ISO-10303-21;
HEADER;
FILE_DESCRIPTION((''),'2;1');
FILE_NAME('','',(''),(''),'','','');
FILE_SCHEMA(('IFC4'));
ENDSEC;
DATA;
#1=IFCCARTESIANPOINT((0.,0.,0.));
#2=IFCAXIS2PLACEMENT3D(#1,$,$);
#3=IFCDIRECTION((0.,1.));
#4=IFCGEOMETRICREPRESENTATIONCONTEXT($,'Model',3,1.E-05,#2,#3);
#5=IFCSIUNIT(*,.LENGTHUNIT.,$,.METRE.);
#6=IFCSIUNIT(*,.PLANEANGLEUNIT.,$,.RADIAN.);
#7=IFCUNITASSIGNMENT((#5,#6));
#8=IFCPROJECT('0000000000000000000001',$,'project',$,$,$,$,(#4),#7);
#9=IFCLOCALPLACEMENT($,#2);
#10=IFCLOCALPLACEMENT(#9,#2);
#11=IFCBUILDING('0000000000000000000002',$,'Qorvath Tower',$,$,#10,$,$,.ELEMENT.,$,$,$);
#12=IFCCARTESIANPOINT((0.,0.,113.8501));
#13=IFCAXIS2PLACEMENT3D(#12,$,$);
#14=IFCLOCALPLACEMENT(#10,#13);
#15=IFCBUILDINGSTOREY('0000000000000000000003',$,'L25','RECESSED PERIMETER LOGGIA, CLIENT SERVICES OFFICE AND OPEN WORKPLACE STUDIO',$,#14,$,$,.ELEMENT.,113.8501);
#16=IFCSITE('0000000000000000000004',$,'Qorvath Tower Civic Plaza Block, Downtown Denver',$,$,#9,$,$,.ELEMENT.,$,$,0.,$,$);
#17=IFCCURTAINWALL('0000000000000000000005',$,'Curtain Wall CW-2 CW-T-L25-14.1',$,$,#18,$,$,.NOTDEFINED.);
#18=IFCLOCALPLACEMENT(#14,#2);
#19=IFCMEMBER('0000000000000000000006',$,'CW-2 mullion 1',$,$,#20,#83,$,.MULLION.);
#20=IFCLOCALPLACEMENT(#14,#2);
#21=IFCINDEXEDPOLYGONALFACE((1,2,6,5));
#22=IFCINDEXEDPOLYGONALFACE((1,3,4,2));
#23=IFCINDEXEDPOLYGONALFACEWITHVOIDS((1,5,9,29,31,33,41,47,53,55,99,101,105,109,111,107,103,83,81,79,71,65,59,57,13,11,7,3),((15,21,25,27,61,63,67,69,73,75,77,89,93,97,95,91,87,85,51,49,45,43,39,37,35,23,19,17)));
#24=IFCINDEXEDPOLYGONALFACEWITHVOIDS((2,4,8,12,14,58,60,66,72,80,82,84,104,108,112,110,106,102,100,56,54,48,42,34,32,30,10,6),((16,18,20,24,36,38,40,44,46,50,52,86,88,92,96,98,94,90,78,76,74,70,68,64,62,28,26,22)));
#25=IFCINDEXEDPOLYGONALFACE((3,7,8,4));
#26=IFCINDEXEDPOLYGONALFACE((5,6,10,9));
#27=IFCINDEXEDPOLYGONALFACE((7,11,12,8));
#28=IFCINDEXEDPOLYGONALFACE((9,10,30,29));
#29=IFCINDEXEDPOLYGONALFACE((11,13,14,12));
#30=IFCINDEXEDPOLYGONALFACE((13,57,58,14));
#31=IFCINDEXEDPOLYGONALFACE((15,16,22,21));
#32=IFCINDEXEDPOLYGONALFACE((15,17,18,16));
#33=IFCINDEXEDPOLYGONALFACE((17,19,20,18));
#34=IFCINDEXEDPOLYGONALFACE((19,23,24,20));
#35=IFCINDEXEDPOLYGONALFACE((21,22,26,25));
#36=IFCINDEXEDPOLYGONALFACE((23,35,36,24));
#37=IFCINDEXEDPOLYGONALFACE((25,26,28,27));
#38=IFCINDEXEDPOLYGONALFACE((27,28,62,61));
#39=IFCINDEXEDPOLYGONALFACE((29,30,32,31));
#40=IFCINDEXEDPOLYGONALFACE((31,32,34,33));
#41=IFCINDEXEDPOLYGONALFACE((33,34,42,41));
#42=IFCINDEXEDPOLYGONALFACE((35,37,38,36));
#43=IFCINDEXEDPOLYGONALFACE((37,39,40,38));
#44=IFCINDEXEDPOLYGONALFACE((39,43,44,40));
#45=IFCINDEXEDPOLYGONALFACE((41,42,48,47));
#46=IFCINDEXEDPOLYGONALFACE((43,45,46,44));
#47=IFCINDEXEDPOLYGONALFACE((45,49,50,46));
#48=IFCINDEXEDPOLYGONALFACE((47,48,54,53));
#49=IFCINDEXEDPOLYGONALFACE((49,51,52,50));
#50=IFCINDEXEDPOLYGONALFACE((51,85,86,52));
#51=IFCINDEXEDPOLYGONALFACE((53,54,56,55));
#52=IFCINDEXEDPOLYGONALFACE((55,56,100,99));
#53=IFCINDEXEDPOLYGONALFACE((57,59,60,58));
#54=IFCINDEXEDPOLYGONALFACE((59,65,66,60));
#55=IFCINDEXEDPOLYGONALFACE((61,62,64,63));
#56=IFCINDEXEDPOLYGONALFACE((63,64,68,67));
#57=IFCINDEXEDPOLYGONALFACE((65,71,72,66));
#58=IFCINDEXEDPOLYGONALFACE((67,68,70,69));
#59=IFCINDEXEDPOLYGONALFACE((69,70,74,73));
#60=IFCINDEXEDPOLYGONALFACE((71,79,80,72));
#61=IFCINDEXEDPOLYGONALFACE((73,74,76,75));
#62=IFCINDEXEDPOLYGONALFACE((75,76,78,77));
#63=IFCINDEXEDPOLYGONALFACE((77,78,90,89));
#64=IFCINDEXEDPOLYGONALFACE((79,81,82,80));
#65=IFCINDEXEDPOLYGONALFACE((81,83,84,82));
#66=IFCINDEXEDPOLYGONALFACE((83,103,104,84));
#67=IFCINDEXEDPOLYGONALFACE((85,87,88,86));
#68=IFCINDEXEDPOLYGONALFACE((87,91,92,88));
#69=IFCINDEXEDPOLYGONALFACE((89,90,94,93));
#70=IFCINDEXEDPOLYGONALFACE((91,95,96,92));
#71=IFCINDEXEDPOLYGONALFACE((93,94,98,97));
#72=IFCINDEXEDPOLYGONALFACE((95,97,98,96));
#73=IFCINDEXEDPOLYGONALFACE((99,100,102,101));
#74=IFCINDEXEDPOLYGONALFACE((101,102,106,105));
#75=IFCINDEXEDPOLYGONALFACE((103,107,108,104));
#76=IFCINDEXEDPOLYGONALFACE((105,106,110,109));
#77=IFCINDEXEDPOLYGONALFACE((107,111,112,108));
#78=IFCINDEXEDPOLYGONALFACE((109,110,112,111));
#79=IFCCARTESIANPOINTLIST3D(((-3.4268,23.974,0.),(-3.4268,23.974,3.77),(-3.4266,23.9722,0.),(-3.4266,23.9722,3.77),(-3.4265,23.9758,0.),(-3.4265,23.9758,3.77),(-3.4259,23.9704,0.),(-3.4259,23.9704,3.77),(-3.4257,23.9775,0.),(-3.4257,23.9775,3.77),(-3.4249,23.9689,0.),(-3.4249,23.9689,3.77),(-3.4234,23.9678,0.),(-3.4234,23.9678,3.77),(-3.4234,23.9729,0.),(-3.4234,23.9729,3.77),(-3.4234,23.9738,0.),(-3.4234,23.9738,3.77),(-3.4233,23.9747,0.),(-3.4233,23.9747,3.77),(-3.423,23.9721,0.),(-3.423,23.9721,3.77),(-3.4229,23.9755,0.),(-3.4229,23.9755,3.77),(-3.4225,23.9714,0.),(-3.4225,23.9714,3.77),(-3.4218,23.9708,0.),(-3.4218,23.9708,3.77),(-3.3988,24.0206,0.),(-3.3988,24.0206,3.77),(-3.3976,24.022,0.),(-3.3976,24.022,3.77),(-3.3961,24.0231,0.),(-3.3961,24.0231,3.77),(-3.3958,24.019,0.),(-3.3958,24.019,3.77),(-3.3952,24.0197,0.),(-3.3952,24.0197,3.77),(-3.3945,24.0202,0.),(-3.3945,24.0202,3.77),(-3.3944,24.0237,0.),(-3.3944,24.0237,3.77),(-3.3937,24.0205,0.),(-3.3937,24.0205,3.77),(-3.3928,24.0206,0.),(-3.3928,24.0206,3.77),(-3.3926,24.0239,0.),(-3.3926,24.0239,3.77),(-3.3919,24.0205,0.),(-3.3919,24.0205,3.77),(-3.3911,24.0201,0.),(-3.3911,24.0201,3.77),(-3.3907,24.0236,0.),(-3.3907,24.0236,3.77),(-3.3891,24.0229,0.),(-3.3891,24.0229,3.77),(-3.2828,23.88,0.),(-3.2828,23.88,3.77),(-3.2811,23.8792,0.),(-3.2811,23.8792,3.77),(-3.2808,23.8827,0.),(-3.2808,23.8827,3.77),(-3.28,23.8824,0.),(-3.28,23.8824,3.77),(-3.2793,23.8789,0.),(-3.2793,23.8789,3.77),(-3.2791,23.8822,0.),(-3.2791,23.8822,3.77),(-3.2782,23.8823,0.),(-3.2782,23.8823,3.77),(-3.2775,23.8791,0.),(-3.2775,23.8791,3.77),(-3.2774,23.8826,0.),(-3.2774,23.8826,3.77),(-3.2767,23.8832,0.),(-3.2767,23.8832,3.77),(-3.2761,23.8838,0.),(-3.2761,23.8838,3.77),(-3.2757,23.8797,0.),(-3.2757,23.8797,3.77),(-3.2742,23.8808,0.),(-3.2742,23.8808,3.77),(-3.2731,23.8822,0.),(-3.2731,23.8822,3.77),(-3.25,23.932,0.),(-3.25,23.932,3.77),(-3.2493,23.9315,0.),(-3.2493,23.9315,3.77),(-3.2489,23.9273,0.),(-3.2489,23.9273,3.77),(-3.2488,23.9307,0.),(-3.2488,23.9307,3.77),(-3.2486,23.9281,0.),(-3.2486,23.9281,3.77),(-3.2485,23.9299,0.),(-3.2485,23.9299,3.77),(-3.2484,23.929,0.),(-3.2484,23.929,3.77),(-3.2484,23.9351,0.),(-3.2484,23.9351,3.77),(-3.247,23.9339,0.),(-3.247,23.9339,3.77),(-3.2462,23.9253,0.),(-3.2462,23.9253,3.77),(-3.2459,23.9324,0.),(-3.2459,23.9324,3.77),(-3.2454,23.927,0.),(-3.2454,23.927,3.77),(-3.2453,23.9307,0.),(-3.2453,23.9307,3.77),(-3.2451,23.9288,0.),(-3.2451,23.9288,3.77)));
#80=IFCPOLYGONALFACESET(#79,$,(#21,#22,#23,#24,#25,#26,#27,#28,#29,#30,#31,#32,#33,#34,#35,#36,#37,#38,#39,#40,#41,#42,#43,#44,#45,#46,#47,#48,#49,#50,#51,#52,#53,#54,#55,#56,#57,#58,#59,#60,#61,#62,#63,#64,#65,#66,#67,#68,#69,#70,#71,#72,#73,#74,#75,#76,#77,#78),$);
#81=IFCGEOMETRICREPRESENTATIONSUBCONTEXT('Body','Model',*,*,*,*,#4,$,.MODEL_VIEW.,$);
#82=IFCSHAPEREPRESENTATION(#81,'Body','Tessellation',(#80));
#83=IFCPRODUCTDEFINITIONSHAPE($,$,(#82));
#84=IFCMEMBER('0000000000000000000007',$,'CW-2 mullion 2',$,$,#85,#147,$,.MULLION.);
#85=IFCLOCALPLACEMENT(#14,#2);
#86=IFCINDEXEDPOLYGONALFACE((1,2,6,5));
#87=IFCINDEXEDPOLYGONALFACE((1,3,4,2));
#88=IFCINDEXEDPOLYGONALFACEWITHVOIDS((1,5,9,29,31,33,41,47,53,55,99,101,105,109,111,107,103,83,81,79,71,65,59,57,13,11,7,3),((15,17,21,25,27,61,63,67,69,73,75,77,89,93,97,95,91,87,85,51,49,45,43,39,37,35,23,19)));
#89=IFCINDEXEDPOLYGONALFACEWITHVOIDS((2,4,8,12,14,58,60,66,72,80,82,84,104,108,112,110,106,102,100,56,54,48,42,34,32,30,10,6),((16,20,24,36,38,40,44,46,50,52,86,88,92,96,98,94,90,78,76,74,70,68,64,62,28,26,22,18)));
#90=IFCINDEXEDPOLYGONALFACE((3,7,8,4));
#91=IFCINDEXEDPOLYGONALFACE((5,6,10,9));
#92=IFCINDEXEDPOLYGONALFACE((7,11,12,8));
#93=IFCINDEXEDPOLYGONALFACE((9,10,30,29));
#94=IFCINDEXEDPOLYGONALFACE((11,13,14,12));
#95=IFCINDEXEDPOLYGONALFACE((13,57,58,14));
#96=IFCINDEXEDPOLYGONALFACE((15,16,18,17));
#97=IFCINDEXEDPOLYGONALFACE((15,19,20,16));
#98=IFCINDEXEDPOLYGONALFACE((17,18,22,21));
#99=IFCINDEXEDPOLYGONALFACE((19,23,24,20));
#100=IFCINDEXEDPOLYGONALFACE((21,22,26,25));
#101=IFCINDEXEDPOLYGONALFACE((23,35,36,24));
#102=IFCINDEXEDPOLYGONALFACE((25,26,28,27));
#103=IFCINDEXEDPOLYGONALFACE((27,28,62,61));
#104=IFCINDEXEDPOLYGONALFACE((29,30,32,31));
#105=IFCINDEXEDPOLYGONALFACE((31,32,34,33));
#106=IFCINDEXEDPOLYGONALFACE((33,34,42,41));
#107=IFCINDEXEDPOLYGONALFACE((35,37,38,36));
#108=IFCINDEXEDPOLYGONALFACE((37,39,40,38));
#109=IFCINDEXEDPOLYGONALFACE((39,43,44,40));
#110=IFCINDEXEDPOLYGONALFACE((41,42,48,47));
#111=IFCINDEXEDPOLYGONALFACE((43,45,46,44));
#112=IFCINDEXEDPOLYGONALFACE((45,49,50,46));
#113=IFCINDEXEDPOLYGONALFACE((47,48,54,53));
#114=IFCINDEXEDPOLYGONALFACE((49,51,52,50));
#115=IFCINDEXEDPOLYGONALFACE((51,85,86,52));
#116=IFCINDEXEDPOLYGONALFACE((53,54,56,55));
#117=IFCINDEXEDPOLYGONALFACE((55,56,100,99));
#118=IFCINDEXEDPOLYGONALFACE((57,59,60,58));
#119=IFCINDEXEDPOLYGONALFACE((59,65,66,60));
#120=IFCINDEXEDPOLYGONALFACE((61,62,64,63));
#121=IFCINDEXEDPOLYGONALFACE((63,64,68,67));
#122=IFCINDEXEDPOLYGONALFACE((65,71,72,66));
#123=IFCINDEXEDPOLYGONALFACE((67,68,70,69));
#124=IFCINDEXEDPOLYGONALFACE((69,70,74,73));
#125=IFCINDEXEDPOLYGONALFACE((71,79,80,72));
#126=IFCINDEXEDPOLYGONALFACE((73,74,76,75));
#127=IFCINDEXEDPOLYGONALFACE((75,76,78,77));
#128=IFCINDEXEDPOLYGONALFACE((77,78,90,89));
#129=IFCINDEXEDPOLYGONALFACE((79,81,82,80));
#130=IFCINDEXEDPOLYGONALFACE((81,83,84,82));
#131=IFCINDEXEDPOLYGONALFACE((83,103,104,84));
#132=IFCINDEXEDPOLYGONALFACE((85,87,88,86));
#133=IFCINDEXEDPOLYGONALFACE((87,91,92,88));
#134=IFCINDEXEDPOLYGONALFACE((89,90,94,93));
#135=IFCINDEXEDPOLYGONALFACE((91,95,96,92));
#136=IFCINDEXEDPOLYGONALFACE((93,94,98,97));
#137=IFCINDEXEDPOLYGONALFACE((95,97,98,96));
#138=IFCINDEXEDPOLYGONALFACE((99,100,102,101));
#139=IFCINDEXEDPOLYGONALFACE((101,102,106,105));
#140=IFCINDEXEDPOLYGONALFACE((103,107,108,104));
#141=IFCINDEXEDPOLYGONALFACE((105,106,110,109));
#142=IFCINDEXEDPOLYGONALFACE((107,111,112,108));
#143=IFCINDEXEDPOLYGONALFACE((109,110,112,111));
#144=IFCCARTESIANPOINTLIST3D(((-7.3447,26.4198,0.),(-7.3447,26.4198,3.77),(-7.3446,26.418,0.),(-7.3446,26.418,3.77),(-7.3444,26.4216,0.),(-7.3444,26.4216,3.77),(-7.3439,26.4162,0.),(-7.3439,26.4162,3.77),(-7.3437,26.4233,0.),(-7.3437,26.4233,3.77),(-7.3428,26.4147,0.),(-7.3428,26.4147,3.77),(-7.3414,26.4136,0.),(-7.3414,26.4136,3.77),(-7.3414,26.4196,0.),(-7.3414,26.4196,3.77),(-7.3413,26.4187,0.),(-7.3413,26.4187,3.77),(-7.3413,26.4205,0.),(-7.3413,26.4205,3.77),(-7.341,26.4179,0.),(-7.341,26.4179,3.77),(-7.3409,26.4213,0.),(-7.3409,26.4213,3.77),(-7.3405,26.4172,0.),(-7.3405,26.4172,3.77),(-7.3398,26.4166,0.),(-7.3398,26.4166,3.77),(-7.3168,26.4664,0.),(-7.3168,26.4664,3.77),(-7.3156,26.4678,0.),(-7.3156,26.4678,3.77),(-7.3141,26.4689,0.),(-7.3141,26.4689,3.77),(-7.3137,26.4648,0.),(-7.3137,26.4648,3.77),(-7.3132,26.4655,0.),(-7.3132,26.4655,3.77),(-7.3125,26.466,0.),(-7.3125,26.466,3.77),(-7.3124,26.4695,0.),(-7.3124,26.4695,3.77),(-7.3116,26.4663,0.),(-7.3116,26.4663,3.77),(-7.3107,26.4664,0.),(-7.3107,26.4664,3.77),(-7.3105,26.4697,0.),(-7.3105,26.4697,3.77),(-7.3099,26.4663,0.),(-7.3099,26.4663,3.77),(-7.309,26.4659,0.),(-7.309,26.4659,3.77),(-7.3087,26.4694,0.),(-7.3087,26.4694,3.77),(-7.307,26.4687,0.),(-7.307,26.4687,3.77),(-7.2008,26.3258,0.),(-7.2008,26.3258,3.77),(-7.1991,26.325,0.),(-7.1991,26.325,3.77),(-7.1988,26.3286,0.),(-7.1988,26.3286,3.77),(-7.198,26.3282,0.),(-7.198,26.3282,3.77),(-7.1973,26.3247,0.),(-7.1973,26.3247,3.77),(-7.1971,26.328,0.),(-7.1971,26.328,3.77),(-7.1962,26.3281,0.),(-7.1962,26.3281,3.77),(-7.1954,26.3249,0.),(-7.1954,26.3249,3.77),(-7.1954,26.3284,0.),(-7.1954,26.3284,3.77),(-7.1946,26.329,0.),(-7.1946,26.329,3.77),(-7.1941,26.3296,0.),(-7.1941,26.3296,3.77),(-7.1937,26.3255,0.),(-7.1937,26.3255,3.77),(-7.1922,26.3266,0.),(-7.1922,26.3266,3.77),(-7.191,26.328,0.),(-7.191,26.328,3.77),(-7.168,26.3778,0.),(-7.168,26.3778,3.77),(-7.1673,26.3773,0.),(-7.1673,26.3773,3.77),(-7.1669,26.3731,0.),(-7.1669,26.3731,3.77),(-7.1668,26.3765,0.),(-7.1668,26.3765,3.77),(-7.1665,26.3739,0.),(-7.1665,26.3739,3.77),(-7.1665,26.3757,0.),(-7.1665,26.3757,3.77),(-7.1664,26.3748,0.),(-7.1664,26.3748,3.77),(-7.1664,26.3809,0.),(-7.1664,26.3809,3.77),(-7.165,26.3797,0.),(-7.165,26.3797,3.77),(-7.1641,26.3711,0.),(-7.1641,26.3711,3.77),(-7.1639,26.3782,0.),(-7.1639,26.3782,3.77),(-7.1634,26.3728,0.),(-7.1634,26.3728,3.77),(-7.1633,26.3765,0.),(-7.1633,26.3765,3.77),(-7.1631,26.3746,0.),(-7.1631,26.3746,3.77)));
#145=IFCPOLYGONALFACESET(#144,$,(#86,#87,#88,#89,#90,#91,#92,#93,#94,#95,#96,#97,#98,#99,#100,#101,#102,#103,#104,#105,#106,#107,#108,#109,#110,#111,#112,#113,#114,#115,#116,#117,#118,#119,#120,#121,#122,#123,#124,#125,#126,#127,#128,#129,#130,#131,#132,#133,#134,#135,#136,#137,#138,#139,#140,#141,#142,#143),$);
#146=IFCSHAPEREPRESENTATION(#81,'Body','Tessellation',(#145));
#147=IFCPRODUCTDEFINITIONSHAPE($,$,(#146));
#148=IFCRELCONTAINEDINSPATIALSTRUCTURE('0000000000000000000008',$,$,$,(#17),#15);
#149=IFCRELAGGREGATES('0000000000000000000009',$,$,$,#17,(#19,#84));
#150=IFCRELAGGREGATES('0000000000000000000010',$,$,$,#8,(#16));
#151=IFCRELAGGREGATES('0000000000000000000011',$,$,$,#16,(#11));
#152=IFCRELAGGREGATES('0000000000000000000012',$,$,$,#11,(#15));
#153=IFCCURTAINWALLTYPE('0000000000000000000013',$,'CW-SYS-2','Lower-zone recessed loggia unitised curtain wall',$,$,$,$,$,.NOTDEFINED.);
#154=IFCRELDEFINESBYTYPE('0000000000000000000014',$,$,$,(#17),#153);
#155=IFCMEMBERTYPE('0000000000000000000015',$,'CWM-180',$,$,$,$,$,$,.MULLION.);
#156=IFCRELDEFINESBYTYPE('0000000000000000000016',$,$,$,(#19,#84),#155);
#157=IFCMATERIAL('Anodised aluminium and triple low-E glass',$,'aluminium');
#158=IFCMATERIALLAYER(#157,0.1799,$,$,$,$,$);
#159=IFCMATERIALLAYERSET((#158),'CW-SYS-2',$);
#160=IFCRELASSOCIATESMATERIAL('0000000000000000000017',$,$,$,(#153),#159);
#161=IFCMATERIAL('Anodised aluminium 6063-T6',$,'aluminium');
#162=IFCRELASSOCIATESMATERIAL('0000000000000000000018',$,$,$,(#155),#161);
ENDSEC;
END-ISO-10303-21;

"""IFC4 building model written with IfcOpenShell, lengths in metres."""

from ifc_helpers import new_model, si_unit, direction, frame, origin, origin_2d, place, context, subcontext, project, spatial, hollow_rectangle, extrude, material, layer, layer_set, material_profile, profile_set, type_object, element, aggregate, save


model = new_model("IFC4")

# Units and contexts
model_context = context("Model", 3, precision=1e-05, world=origin(), true_north=direction((0.0, 1.0)))
body_context = subcontext(model_context, "Body", "Model", "MODEL_VIEW")
ifc_project = project(units=[si_unit("LENGTHUNIT", "METRE"), si_unit("PLANEANGLEUNIT", "RADIAN")], contexts=[model_context])

# Site, building, storey
site_placement = place(None, origin())
site = spatial("IfcSite", under=ifc_project, at=site_placement, Name="Qorvath Tower Civic Plaza Block, Downtown Denver", CompositionType="ELEMENT", RefElevation=0.0)
building_placement = place(site_placement, origin())
building = spatial("IfcBuilding", under=site, at=building_placement, Name="Qorvath Tower", CompositionType="ELEMENT")
storey_placement = place(building_placement, frame((0.0, 0.0, 113.8501)))
storey = spatial("IfcBuildingStorey", under=building, at=storey_placement, Name="L25", Description="RECESSED PERIMETER LOGGIA, CLIENT SERVICES OFFICE AND OPEN WORKPLACE STUDIO", CompositionType="ELEMENT", Elevation=113.8501)

# Shared definitions
ifc_material_1 = material(Name="Anodised aluminium and triple low-E glass", Category="aluminium")
ifc_layer_1 = layer(ifc_material_1, 0.1799)
ifc_layer_set_1 = layer_set([ifc_layer_1], Name="CW-SYS-2")
curtain_wall_type = type_object("IfcCurtainWallType", Name="CW-SYS-2", Description="Lower-zone recessed loggia unitised curtain wall", PredefinedType="NOTDEFINED", material=ifc_layer_set_1)
ifc_material_2 = material(Name="Anodised aluminium 6063-T6", Category="aluminium")
ifc_material_profile_1 = material_profile(ifc_material_2, hollow_rectangle(XDim=0.0649, YDim=0.1799, WallThickness=0.0034, InnerFilletRadius=0.0034, OuterFilletRadius=0.0071, at=origin_2d()), Name="CWM 180x65")
ifc_profile_set_1 = profile_set([ifc_material_profile_1], Name="Anodised aluminium 6063-T6")
member_type_1 = type_object("IfcMemberType", Name="CWM-180", PredefinedType="MULLION", material=ifc_profile_set_1)

# Curtain wall, members
curtain_wall_1_placement = place(storey_placement, origin())
curtain_wall_1 = element("IfcCurtainWall", 1, at=curtain_wall_1_placement, inside=storey, type_object=curtain_wall_type, Name="Curtain Wall CW-2 CW-T-L25-14.1", PredefinedType="NOTDEFINED")
member_1_placement = place(storey_placement, frame((-3.3359, 23.9514, 0.0), z_axis=(0.0, 0.0, 1.0), x_axis=(-0.529549, -0.84828, 0.0)))
member_1 = element("IfcMember", 2, at=member_1_placement, type_object=member_type_1, Name="CW-2 mullion 1", PredefinedType="MULLION", context=body_context, shape_type="SweptSolid", body=[
    extrude(hollow_rectangle(XDim=0.0649, YDim=0.1799, WallThickness=0.0034, InnerFilletRadius=0.0034, OuterFilletRadius=0.0071, at=origin_2d()), origin(), (0.0, 0.0, 1.0), 3.77),
])
member_2_placement = place(storey_placement, frame((-7.2539, 26.3972, 0.0), z_axis=(0.0, 0.0, 1.0), x_axis=(-0.529549, -0.84828, 0.0)))
member_2 = element("IfcMember", 3, at=member_2_placement, type_object=member_type_1, Name="CW-2 mullion 2", PredefinedType="MULLION", context=body_context, shape_type="SweptSolid", body=[
    extrude(hollow_rectangle(XDim=0.0649, YDim=0.1799, WallThickness=0.0034, InnerFilletRadius=0.0034, OuterFilletRadius=0.0071, at=origin_2d()), origin(), (0.0, 0.0, 1.0), 3.77),
])

aggregate(curtain_wall_1, [member_1, member_2])

save(model, "model.ifc")
